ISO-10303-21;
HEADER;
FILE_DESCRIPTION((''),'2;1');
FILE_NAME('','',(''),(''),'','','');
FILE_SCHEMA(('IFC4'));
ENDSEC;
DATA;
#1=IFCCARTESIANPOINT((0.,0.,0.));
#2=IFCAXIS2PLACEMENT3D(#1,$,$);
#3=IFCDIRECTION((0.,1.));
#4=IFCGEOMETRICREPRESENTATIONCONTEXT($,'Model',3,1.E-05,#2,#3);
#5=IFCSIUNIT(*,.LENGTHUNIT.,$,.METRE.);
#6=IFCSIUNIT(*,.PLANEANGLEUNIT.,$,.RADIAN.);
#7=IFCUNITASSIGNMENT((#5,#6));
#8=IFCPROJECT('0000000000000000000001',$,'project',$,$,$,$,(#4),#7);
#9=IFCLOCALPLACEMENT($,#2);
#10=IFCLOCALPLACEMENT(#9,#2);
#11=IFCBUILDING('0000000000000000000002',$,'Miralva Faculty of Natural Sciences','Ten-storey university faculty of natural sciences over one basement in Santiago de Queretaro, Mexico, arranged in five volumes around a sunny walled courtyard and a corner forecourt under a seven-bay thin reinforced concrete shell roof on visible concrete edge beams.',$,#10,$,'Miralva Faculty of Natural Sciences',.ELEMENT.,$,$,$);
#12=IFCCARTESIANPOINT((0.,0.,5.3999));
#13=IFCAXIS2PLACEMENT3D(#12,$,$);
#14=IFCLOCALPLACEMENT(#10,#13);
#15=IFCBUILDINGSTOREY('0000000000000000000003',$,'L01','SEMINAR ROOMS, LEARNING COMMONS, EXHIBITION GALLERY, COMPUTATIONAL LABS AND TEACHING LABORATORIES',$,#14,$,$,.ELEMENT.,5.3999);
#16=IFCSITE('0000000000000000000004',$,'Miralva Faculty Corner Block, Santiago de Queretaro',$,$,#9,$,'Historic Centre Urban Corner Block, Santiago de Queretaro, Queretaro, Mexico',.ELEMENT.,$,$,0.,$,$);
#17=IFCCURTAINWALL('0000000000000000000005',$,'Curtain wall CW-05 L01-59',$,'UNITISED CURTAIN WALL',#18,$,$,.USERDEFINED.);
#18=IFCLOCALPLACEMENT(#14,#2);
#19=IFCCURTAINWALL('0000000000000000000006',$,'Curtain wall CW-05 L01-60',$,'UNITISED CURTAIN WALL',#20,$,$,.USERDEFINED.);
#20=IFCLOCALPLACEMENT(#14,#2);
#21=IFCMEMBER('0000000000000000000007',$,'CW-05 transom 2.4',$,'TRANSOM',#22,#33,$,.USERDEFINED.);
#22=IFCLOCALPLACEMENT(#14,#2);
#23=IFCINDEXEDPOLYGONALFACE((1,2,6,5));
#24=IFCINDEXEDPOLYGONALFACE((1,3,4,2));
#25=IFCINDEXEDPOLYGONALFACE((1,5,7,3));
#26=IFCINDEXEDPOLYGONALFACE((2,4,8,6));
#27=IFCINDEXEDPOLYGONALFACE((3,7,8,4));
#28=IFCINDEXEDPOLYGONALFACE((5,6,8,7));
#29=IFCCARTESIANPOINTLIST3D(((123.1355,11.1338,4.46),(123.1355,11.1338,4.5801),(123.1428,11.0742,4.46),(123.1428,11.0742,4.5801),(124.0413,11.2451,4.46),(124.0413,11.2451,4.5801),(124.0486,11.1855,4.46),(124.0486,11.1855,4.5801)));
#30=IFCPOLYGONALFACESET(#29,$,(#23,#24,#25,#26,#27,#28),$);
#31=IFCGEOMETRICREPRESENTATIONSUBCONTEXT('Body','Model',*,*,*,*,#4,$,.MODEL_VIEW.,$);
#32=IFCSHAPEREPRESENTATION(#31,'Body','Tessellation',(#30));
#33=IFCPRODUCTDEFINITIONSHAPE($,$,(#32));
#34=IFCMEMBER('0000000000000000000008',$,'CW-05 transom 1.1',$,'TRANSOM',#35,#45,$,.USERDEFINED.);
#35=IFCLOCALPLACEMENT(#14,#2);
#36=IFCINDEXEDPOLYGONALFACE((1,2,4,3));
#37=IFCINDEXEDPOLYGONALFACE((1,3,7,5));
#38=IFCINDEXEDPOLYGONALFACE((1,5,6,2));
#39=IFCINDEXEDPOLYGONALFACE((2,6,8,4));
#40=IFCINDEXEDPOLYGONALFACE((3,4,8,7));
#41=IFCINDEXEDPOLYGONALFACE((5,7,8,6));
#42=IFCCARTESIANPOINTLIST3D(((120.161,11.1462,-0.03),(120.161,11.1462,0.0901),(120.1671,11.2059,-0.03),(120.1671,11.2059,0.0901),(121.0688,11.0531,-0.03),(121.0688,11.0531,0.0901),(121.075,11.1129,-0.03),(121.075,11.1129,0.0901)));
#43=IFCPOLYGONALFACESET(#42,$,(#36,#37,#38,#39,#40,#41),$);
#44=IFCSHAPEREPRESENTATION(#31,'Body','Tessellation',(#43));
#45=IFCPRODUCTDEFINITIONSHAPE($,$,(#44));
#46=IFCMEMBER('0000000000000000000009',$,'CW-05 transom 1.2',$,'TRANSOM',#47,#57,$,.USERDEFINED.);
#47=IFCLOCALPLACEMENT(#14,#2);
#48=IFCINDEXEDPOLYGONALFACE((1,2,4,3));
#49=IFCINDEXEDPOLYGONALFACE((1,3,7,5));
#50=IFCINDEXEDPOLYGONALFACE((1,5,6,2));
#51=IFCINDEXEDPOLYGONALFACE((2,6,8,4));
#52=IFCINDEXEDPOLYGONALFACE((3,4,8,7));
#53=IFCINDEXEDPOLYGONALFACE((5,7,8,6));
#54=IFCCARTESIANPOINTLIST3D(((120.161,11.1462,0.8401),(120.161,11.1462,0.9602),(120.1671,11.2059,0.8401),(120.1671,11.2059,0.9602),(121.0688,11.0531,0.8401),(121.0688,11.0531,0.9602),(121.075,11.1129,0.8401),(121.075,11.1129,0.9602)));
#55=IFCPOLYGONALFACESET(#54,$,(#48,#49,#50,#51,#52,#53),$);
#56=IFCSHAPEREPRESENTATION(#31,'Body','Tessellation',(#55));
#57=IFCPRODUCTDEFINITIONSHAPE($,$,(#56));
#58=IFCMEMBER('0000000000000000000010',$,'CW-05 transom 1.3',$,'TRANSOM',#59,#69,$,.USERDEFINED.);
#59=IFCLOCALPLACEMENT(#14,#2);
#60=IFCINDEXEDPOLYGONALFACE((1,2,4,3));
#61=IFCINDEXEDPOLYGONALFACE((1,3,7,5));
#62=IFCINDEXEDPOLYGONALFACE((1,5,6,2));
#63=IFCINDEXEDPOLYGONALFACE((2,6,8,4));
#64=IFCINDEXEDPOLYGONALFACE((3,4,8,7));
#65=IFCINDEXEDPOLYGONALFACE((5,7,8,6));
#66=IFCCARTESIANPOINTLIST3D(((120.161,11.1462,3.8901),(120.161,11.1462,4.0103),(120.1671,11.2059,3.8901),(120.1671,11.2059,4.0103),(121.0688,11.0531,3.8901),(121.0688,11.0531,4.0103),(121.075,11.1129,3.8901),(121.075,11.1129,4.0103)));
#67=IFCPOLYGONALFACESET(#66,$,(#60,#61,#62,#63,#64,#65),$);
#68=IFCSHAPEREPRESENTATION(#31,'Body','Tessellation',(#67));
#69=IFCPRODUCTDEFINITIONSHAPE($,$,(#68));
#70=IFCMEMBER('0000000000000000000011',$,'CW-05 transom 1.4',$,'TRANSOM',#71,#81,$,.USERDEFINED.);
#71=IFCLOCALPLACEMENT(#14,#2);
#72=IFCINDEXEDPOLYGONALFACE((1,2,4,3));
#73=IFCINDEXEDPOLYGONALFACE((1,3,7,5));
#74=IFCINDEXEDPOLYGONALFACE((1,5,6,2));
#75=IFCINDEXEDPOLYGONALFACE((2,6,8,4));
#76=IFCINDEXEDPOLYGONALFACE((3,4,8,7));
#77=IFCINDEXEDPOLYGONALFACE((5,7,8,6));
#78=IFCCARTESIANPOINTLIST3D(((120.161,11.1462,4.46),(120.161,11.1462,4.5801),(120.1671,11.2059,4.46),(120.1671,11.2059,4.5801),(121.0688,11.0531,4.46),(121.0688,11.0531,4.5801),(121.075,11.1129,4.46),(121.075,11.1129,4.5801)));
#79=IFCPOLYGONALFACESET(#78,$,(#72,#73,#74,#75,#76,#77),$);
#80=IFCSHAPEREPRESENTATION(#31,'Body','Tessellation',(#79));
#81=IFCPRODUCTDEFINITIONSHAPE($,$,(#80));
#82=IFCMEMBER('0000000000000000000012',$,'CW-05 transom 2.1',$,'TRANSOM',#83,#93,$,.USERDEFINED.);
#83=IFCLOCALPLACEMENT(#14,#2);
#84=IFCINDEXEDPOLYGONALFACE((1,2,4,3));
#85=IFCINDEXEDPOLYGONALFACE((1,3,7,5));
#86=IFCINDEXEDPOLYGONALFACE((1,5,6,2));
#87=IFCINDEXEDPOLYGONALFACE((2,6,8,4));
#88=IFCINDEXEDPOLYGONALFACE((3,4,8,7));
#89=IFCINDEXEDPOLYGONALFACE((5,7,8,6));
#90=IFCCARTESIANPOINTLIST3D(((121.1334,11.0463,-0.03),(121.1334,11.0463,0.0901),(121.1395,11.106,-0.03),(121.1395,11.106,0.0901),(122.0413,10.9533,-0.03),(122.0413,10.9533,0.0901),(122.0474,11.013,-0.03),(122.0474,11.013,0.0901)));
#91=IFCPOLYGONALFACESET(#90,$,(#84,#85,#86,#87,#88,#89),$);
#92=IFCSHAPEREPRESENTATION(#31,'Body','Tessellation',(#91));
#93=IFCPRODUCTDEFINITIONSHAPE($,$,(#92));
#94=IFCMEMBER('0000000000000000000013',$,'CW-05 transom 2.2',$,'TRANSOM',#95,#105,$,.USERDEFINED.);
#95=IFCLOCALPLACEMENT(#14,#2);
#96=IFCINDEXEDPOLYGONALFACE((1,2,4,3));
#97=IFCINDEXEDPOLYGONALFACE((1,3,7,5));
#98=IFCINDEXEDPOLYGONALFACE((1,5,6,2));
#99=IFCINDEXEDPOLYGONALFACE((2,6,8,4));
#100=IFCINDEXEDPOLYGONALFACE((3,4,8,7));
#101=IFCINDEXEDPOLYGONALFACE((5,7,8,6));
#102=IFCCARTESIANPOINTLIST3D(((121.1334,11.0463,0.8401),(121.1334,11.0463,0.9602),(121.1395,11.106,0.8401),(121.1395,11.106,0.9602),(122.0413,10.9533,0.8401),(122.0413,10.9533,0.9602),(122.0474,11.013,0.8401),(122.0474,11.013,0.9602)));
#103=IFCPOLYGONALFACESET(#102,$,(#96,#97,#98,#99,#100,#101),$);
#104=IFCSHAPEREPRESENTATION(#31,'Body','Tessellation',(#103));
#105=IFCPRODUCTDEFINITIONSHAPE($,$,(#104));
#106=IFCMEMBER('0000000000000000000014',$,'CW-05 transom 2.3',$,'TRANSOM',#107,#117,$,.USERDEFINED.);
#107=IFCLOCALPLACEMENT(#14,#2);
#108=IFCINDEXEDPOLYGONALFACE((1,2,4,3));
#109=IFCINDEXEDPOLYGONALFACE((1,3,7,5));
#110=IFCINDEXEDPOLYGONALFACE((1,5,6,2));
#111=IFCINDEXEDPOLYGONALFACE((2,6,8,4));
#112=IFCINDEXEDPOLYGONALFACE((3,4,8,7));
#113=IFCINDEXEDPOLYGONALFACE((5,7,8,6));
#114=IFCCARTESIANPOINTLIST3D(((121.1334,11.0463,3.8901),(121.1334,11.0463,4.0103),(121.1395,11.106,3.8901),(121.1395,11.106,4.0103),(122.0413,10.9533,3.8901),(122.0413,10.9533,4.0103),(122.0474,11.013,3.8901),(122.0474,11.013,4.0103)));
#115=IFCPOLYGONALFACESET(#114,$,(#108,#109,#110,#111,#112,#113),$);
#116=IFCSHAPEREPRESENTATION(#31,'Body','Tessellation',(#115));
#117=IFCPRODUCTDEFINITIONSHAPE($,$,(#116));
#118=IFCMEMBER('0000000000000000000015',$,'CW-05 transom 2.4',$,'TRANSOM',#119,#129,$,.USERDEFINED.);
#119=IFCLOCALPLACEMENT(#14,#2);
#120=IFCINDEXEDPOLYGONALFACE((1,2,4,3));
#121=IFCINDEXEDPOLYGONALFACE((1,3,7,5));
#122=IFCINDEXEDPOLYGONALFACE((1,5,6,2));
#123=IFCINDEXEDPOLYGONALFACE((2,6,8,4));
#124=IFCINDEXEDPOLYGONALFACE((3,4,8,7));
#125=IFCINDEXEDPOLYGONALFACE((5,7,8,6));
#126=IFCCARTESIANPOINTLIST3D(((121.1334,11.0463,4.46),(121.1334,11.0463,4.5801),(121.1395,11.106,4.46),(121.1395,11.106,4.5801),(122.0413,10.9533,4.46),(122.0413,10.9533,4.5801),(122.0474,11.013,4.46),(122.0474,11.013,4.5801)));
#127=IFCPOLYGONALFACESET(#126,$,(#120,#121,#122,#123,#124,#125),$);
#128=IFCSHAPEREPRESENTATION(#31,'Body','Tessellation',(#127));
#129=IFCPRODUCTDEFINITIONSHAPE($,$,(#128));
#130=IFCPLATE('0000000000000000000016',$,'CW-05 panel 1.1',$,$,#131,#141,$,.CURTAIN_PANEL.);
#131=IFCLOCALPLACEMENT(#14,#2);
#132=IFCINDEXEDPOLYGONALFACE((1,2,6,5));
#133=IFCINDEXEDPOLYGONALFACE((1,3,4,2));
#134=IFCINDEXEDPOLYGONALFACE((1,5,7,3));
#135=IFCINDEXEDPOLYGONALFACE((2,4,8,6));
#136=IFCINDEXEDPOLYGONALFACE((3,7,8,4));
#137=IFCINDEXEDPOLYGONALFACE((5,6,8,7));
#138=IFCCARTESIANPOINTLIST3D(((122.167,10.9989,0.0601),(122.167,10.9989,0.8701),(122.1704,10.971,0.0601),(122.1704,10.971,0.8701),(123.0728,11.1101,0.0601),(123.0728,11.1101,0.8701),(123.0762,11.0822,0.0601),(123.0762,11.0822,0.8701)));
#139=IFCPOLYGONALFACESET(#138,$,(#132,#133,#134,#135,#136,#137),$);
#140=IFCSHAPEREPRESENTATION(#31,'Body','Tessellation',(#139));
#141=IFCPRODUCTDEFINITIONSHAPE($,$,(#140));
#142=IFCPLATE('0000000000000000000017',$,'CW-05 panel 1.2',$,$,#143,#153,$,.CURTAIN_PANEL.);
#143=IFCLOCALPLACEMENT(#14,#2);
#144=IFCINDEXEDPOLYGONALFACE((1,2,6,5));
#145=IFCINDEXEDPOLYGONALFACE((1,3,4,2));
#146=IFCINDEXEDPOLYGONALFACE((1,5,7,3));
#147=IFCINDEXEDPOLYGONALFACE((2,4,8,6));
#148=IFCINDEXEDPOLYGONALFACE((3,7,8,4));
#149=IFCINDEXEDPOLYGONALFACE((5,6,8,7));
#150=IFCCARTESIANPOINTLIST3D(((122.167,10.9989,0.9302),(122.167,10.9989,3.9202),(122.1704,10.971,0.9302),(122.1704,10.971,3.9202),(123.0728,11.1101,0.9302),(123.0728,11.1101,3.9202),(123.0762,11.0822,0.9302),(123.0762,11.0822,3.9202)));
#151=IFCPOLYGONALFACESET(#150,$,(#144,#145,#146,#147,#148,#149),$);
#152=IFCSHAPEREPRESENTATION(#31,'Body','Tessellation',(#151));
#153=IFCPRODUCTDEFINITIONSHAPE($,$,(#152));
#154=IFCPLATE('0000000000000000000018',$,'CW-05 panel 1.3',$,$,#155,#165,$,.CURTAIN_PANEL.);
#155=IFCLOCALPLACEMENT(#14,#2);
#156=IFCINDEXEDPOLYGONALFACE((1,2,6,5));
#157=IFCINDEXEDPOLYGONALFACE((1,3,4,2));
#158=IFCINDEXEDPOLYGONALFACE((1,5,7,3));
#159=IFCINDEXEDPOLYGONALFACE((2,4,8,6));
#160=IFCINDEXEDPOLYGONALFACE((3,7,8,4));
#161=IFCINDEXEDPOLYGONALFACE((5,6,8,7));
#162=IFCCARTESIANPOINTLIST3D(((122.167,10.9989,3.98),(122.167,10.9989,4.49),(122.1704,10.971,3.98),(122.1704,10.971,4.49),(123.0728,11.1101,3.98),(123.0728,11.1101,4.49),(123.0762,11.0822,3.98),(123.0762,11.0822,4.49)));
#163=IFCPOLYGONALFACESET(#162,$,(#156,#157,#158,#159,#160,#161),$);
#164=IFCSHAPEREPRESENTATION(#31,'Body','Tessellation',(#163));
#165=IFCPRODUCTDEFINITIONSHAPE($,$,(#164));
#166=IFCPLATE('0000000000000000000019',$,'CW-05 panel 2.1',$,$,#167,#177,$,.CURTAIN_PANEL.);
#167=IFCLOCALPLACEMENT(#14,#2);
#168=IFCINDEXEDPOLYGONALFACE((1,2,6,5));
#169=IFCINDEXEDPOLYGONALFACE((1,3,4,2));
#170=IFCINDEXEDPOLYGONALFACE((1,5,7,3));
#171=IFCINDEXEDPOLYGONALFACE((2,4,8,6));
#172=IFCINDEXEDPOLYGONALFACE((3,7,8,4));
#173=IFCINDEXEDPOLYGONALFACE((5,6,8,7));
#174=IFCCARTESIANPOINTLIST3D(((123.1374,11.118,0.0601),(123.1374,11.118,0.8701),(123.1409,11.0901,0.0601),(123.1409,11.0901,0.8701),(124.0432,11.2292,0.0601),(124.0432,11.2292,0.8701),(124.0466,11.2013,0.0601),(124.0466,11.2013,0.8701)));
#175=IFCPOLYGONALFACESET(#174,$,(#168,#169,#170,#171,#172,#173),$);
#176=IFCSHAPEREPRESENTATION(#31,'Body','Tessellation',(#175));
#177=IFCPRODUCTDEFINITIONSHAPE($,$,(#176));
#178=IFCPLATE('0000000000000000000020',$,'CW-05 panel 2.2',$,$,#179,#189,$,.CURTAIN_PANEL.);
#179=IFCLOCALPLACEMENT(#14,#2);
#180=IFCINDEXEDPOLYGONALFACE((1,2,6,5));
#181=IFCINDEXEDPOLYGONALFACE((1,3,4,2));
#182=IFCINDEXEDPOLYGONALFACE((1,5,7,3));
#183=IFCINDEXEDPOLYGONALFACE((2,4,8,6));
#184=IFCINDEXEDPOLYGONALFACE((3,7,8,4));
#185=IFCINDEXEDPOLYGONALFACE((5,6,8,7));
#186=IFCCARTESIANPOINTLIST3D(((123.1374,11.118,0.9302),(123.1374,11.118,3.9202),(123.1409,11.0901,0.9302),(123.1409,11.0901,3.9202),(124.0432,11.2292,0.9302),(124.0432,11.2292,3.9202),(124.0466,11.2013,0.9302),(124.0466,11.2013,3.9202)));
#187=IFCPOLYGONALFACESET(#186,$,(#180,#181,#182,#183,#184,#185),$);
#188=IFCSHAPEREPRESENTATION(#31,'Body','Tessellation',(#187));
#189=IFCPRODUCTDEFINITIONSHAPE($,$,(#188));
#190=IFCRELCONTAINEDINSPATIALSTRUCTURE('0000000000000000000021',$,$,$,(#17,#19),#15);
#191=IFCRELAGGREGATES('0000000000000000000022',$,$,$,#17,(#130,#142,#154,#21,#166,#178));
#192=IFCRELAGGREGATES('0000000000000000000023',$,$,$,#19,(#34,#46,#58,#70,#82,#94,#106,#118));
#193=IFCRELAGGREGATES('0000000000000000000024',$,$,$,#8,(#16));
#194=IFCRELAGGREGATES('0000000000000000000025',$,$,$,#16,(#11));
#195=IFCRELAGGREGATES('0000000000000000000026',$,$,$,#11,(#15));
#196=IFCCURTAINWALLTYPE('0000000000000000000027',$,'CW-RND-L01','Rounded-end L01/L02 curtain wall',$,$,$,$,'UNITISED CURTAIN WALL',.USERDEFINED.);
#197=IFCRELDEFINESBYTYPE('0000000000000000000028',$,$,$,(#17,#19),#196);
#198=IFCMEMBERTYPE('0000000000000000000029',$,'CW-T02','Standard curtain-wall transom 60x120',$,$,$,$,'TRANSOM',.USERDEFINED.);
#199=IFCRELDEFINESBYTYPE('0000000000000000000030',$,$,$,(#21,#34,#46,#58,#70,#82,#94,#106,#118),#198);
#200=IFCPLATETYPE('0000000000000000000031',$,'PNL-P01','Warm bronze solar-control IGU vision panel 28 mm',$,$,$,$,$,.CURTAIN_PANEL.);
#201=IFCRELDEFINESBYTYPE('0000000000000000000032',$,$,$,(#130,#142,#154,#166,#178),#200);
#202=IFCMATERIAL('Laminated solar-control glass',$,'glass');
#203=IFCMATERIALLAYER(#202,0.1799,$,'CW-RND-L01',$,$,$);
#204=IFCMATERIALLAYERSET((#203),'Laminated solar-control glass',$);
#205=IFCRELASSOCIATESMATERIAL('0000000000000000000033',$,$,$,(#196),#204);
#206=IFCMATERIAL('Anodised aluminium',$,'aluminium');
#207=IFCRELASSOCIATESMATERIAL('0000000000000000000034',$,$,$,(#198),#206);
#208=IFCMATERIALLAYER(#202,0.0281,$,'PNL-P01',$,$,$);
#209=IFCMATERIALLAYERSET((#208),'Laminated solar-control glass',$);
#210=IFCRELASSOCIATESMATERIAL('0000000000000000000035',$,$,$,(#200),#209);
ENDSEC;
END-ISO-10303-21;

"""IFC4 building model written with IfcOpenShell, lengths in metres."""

from ifc_helpers import new_model, si_unit, direction, frame, origin, origin_2d, place, context, subcontext, project, spatial, rectangle, extrude, material, layer, layer_set, material_profile, profile_set, type_object, element, aggregate, save


model = new_model("IFC4")

# Units and contexts
model_context = context("Model", 3, precision=1e-05, world=origin(), true_north=direction((0.0, 1.0)))
body_context = subcontext(model_context, "Body", "Model", "MODEL_VIEW")
ifc_project = project(units=[si_unit("LENGTHUNIT", "METRE"), si_unit("PLANEANGLEUNIT", "RADIAN")], contexts=[model_context])

# Site, building, storey
site_placement = place(None, origin())
site = spatial("IfcSite", under=ifc_project, at=site_placement, Name="Miralva Faculty Corner Block, Santiago de Queretaro", LongName="Historic Centre Urban Corner Block, Santiago de Queretaro, Queretaro, Mexico", CompositionType="ELEMENT", RefElevation=0.0)
building_placement = place(site_placement, origin())
building = spatial("IfcBuilding", under=site, at=building_placement, Name="Miralva Faculty of Natural Sciences", Description="Ten-storey university faculty of natural sciences over one basement in Santiago de Queretaro, Mexico, arranged in five volumes around a sunny walled courtyard and a corner forecourt under a seven-bay thin reinforced concrete shell roof on visible concrete edge beams.", LongName="Miralva Faculty of Natural Sciences", CompositionType="ELEMENT")
storey_placement = place(building_placement, frame((0.0, 0.0, 5.3999)))
storey = spatial("IfcBuildingStorey", under=building, at=storey_placement, Name="L01", Description="SEMINAR ROOMS, LEARNING COMMONS, EXHIBITION GALLERY, COMPUTATIONAL LABS AND TEACHING LABORATORIES", CompositionType="ELEMENT", Elevation=5.3999)

# Curtain walls
ifc_material_1 = material(Name="Laminated solar-control glass", Category="glass")
ifc_layer_1 = layer(ifc_material_1, 0.1799, Name="CW-RND-L01")
ifc_layer_set_1 = layer_set([ifc_layer_1], Name="Laminated solar-control glass")
curtain_wall_type = type_object("IfcCurtainWallType", Name="CW-RND-L01", Description="Rounded-end L01/L02 curtain wall", ElementType="UNITISED CURTAIN WALL", PredefinedType="USERDEFINED", material=ifc_layer_set_1)
curtain_wall_1_placement = place(storey_placement, origin())
curtain_wall_1 = element("IfcCurtainWall", 1, at=curtain_wall_1_placement, inside=storey, type_object=curtain_wall_type, Name="Curtain wall CW-05 L01-59", ObjectType="UNITISED CURTAIN WALL", PredefinedType="USERDEFINED")
ifc_material_2 = material(Name="Anodised aluminium", Category="aluminium")
curtain_wall_2_placement = place(storey_placement, origin())
curtain_wall_2 = element("IfcCurtainWall", 2, at=curtain_wall_2_placement, inside=storey, type_object=curtain_wall_type, Name="Curtain wall CW-05 L01-60", ObjectType="UNITISED CURTAIN WALL", PredefinedType="USERDEFINED")

# Members
ifc_material_profile_1 = material_profile(ifc_material_2, rectangle(XDim=0.0601, YDim=0.1201, at=origin_2d()), Name="TRANSOM 60x120")
ifc_profile_set_1 = profile_set([ifc_material_profile_1], Name="Anodised aluminium")
member_type_1 = type_object("IfcMemberType", Name="CW-T02", Description="Standard curtain-wall transom 60x120", ElementType="TRANSOM", PredefinedType="USERDEFINED", material=ifc_profile_set_1)
member_1_placement = place(storey_placement, frame((123.1392, 11.104, 4.52), z_axis=(0.992531, 0.121993, 0.0), x_axis=(-0.121993, 0.992531, 0.0)))
member_1 = element("IfcMember", 3, at=member_1_placement, type_object=member_type_1, Name="CW-05 transom 2.4", ObjectType="TRANSOM", PredefinedType="USERDEFINED", context=body_context, shape_type="SweptSolid", body=[
    extrude(rectangle(XDim=0.0601, YDim=0.1201, at=origin_2d()), origin(), (0.0, 0.0, 1.0), 0.9126),
])
member_2_placement = place(storey_placement, frame((120.1641, 11.176, 0.03), z_axis=(0.994793, -0.101913, 0.0), x_axis=(0.101913, 0.994793, 0.0)))
member_2 = element("IfcMember", 4, at=member_2_placement, type_object=member_type_1, Name="CW-05 transom 1.1", ObjectType="TRANSOM", PredefinedType="USERDEFINED", context=body_context, shape_type="SweptSolid", body=[
    extrude(rectangle(XDim=0.0601, YDim=0.1201, at=origin_2d()), origin(), (0.0, 0.0, 1.0), 0.9126),
])
member_3_placement = place(storey_placement, frame((120.1641, 11.176, 0.9001), z_axis=(0.994793, -0.101913, 0.0), x_axis=(0.101913, 0.994793, 0.0)))
member_3 = element("IfcMember", 5, at=member_3_placement, type_object=member_type_1, Name="CW-05 transom 1.2", ObjectType="TRANSOM", PredefinedType="USERDEFINED", context=body_context, shape_type="SweptSolid", body=[
    extrude(rectangle(XDim=0.0601, YDim=0.1201, at=origin_2d()), origin(), (0.0, 0.0, 1.0), 0.9126),
])
member_4_placement = place(storey_placement, frame((120.1641, 11.176, 3.9502), z_axis=(0.994793, -0.101913, 0.0), x_axis=(0.101913, 0.994793, 0.0)))
member_4 = element("IfcMember", 6, at=member_4_placement, type_object=member_type_1, Name="CW-05 transom 1.3", ObjectType="TRANSOM", PredefinedType="USERDEFINED", context=body_context, shape_type="SweptSolid", body=[
    extrude(rectangle(XDim=0.0601, YDim=0.1201, at=origin_2d()), origin(), (0.0, 0.0, 1.0), 0.9126),
])
member_5_placement = place(storey_placement, frame((120.1641, 11.176, 4.52), z_axis=(0.994793, -0.101913, 0.0), x_axis=(0.101913, 0.994793, 0.0)))
member_5 = element("IfcMember", 7, at=member_5_placement, type_object=member_type_1, Name="CW-05 transom 1.4", ObjectType="TRANSOM", PredefinedType="USERDEFINED", context=body_context, shape_type="SweptSolid", body=[
    extrude(rectangle(XDim=0.0601, YDim=0.1201, at=origin_2d()), origin(), (0.0, 0.0, 1.0), 0.9126),
])
member_6_placement = place(storey_placement, frame((121.1365, 11.0762, 0.03), z_axis=(0.994793, -0.101913, 0.0), x_axis=(0.101913, 0.994793, 0.0)))
member_6 = element("IfcMember", 8, at=member_6_placement, type_object=member_type_1, Name="CW-05 transom 2.1", ObjectType="TRANSOM", PredefinedType="USERDEFINED", context=body_context, shape_type="SweptSolid", body=[
    extrude(rectangle(XDim=0.0601, YDim=0.1201, at=origin_2d()), origin(), (0.0, 0.0, 1.0), 0.9126),
])
member_7_placement = place(storey_placement, frame((121.1365, 11.0762, 0.9001), z_axis=(0.994793, -0.101913, 0.0), x_axis=(0.101913, 0.994793, 0.0)))
member_7 = element("IfcMember", 9, at=member_7_placement, type_object=member_type_1, Name="CW-05 transom 2.2", ObjectType="TRANSOM", PredefinedType="USERDEFINED", context=body_context, shape_type="SweptSolid", body=[
    extrude(rectangle(XDim=0.0601, YDim=0.1201, at=origin_2d()), origin(), (0.0, 0.0, 1.0), 0.9126),
])
member_8_placement = place(storey_placement, frame((121.1365, 11.0762, 3.9502), z_axis=(0.994793, -0.101913, 0.0), x_axis=(0.101913, 0.994793, 0.0)))
member_8 = element("IfcMember", 10, at=member_8_placement, type_object=member_type_1, Name="CW-05 transom 2.3", ObjectType="TRANSOM", PredefinedType="USERDEFINED", context=body_context, shape_type="SweptSolid", body=[
    extrude(rectangle(XDim=0.0601, YDim=0.1201, at=origin_2d()), origin(), (0.0, 0.0, 1.0), 0.9126),
])
member_9_placement = place(storey_placement, frame((121.1365, 11.0762, 4.52), z_axis=(0.994793, -0.101913, 0.0), x_axis=(0.101913, 0.994793, 0.0)))
member_9 = element("IfcMember", 11, at=member_9_placement, type_object=member_type_1, Name="CW-05 transom 2.4", ObjectType="TRANSOM", PredefinedType="USERDEFINED", context=body_context, shape_type="SweptSolid", body=[
    extrude(rectangle(XDim=0.0601, YDim=0.1201, at=origin_2d()), origin(), (0.0, 0.0, 1.0), 0.9126),
])

# Plates
ifc_layer_2 = layer(ifc_material_1, 0.0281, Name="PNL-P01")
ifc_layer_set_2 = layer_set([ifc_layer_2], Name="Laminated solar-control glass")
plate_type = type_object("IfcPlateType", Name="PNL-P01", Description="Warm bronze solar-control IGU vision panel 28 mm", PredefinedType="CURTAIN_PANEL", material=ifc_layer_set_2)
plate_1_placement = place(storey_placement, frame((122.6216, 11.0405, 0.0601), z_axis=(0.0, 0.0, 1.0), x_axis=(0.992547, 0.12186, 0.0)))
plate_1 = element("IfcPlate", 12, at=plate_1_placement, type_object=plate_type, Name="CW-05 panel 1.1", PredefinedType="CURTAIN_PANEL", context=body_context, shape_type="SweptSolid", body=[
    extrude(rectangle(XDim=0.9126, YDim=0.0281, at=origin_2d()), origin(), (0.0, 0.0, 1.0), 0.8101),
])
plate_2_placement = place(storey_placement, frame((122.6216, 11.0405, 0.9302), z_axis=(0.0, 0.0, 1.0), x_axis=(0.992547, 0.12186, 0.0)))
plate_2 = element("IfcPlate", 13, at=plate_2_placement, type_object=plate_type, Name="CW-05 panel 1.2", PredefinedType="CURTAIN_PANEL", context=body_context, shape_type="SweptSolid", body=[
    extrude(rectangle(XDim=0.9126, YDim=0.0281, at=origin_2d()), origin(), (0.0, 0.0, 1.0), 2.99),
])
plate_3_placement = place(storey_placement, frame((122.6216, 11.0405, 3.98), z_axis=(0.0, 0.0, 1.0), x_axis=(0.992547, 0.12186, 0.0)))
plate_3 = element("IfcPlate", 14, at=plate_3_placement, type_object=plate_type, Name="CW-05 panel 1.3", PredefinedType="CURTAIN_PANEL", context=body_context, shape_type="SweptSolid", body=[
    extrude(rectangle(XDim=0.9126, YDim=0.0281, at=origin_2d()), origin(), (0.0, 0.0, 1.0), 0.51),
])
plate_4_placement = place(storey_placement, frame((123.592, 11.1597, 0.0601), z_axis=(0.0, 0.0, 1.0), x_axis=(0.992547, 0.12186, 0.0)))
plate_4 = element("IfcPlate", 15, at=plate_4_placement, type_object=plate_type, Name="CW-05 panel 2.1", PredefinedType="CURTAIN_PANEL", context=body_context, shape_type="SweptSolid", body=[
    extrude(rectangle(XDim=0.9126, YDim=0.0281, at=origin_2d()), origin(), (0.0, 0.0, 1.0), 0.8101),
])
plate_5_placement = place(storey_placement, frame((123.592, 11.1597, 0.9302), z_axis=(0.0, 0.0, 1.0), x_axis=(0.992547, 0.12186, 0.0)))
plate_5 = element("IfcPlate", 16, at=plate_5_placement, type_object=plate_type, Name="CW-05 panel 2.2", PredefinedType="CURTAIN_PANEL", context=body_context, shape_type="SweptSolid", body=[
    extrude(rectangle(XDim=0.9126, YDim=0.0281, at=origin_2d()), origin(), (0.0, 0.0, 1.0), 2.99),
])
aggregate(curtain_wall_1, [plate_1, plate_2, plate_3, member_1, plate_4, plate_5])
aggregate(curtain_wall_2, [member_2, member_3, member_4, member_5, member_6, member_7, member_8, member_9])

save(model, "model.ifc")
